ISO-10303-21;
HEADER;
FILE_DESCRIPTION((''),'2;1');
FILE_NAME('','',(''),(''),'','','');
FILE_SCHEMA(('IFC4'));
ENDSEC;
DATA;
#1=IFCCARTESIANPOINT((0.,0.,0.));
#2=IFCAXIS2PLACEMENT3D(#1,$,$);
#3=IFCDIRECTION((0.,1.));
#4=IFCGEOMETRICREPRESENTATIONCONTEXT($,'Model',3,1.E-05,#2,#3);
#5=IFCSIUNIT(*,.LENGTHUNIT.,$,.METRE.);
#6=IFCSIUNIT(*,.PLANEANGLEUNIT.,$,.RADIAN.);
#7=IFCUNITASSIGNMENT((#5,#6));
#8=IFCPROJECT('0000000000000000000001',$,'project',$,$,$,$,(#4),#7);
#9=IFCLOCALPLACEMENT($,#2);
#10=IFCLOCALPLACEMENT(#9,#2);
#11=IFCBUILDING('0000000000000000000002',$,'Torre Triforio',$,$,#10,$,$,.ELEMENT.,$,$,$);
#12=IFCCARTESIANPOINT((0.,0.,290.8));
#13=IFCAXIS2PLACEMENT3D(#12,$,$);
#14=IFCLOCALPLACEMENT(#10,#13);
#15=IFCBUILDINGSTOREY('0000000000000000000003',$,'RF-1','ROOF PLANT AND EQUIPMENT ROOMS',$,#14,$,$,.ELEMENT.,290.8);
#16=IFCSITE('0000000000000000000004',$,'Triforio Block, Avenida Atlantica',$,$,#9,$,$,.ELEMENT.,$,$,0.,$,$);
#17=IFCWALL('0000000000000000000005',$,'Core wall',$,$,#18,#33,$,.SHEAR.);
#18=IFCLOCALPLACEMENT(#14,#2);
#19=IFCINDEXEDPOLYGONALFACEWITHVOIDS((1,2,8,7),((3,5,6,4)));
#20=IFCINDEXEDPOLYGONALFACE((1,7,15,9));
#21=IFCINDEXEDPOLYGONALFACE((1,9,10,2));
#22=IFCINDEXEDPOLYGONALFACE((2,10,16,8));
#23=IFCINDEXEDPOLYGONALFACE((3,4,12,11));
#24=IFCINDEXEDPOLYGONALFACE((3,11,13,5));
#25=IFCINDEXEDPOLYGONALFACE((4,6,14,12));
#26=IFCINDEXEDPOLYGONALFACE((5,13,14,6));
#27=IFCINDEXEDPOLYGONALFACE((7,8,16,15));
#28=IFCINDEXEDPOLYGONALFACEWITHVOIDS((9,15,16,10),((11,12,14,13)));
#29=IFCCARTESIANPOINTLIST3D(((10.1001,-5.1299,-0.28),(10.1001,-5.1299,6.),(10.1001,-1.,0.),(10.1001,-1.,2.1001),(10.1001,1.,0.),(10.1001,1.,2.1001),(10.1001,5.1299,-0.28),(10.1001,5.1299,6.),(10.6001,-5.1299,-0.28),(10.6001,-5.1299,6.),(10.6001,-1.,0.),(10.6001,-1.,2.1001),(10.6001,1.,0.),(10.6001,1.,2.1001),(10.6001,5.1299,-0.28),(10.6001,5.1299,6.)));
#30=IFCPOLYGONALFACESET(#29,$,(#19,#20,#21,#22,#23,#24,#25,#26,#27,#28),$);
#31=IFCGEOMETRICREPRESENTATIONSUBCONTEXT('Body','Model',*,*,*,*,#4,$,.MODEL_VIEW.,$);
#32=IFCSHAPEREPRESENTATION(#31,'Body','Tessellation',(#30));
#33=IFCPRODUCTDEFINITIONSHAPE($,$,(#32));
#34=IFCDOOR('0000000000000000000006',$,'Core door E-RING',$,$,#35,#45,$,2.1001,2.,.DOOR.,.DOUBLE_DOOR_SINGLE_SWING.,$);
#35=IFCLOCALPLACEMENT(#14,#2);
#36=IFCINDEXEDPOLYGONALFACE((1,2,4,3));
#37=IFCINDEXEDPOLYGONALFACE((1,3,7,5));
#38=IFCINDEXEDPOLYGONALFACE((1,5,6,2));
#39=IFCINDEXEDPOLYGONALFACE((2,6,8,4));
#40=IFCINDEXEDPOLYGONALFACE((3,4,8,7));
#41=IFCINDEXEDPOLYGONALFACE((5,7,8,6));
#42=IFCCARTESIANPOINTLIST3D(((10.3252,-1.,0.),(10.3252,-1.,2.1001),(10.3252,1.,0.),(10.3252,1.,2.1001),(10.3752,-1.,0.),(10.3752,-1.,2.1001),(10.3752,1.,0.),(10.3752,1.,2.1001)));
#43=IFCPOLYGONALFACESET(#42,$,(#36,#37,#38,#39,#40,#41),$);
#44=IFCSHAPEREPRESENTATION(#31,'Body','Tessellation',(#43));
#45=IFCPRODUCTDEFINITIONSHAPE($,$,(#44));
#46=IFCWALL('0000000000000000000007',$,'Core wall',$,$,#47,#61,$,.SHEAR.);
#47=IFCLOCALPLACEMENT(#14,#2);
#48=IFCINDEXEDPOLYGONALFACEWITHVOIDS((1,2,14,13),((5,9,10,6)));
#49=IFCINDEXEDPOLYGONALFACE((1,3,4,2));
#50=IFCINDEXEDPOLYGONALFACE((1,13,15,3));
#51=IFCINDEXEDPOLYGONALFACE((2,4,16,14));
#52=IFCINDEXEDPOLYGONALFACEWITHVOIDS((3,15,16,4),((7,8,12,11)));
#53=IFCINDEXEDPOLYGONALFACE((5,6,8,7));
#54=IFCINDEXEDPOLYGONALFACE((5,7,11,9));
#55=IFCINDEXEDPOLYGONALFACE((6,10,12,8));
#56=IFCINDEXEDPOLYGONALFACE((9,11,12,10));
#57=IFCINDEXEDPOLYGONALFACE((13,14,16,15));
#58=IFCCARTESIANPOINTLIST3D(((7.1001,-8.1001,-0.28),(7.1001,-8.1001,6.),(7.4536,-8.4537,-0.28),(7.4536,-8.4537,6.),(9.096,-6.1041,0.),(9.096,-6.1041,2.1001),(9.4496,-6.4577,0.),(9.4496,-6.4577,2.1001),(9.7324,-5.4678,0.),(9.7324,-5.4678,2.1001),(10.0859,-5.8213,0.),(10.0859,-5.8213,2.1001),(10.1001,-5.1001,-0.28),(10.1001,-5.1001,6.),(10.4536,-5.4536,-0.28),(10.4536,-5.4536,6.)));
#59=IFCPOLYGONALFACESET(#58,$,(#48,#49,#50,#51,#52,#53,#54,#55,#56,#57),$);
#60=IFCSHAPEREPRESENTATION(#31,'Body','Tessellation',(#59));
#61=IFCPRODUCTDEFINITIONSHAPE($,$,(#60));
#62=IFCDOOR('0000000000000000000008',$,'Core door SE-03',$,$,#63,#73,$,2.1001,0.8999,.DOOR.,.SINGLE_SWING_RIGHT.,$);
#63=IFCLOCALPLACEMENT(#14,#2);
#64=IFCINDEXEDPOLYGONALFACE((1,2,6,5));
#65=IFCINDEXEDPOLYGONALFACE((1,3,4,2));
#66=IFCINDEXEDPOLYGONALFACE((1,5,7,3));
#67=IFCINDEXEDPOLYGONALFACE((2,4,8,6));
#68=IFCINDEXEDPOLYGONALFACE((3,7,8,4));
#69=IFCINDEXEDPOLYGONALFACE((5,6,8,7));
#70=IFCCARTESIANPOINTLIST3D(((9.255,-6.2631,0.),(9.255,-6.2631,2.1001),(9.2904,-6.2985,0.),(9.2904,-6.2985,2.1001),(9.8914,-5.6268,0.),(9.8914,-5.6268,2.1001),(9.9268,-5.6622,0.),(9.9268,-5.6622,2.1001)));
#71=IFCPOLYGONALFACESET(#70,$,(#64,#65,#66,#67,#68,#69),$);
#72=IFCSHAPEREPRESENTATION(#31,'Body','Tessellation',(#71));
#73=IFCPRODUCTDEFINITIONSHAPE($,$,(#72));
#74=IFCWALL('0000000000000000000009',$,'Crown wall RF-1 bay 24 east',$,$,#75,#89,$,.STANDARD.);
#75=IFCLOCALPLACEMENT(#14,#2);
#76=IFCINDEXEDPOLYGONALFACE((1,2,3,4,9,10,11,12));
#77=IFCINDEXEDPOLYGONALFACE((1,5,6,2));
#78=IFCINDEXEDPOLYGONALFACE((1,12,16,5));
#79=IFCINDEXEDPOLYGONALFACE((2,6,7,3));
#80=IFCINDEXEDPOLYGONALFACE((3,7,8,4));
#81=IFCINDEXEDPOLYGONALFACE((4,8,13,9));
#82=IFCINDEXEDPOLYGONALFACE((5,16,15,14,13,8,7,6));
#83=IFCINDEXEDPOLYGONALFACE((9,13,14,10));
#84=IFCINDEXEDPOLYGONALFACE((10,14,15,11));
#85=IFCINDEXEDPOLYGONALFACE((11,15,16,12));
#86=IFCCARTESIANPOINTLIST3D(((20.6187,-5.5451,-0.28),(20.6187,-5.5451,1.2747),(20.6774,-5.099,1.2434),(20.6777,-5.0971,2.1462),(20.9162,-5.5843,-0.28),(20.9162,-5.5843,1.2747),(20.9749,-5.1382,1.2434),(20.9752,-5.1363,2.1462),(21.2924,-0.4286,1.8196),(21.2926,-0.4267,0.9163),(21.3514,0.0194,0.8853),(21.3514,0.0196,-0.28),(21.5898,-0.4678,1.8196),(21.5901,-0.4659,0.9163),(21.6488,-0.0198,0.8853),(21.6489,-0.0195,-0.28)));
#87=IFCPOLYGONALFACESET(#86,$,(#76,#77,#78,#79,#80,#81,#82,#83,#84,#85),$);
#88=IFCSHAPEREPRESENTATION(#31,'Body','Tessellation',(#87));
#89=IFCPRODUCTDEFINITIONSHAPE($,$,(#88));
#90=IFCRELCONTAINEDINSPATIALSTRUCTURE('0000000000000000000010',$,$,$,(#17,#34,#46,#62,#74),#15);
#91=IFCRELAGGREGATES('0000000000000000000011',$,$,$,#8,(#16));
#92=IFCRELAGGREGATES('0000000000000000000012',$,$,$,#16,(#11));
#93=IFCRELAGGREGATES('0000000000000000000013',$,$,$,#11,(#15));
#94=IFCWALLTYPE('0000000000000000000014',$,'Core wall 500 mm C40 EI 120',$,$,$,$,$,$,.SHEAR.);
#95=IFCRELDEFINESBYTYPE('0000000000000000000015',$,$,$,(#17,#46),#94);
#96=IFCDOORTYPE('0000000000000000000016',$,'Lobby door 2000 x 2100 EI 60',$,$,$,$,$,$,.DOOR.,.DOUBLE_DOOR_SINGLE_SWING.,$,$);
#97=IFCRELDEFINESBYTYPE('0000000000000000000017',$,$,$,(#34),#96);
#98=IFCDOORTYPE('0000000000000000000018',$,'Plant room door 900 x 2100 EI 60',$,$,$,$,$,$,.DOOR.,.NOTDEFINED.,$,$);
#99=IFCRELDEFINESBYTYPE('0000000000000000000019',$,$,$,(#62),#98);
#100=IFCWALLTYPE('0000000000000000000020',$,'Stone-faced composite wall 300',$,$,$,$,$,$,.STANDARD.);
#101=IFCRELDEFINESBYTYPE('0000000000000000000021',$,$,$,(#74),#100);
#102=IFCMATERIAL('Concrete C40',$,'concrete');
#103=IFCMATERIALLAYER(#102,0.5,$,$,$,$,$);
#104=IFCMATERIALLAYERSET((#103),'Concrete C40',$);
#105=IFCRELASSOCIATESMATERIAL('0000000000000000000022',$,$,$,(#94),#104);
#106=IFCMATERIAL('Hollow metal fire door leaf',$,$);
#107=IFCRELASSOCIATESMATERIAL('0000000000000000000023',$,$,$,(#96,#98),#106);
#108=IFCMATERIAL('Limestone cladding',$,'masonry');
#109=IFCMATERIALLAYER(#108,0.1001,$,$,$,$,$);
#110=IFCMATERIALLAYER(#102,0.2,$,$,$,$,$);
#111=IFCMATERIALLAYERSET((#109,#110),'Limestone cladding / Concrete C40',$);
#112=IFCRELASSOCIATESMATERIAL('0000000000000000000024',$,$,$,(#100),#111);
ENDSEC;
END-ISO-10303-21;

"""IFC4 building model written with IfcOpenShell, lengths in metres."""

from ifc_helpers import new_model, si_unit, direction, frame, frame_2d, origin, place, context, subcontext, project, spatial, polyline, rectangle, outline, extrude, material, layer, layer_set, type_object, element, fill, save


model = new_model("IFC4")

# Units and contexts
model_context = context("Model", 3, precision=1e-05, world=origin(), true_north=direction((0.0, 1.0)))
body_context = subcontext(model_context, "Body", "Model", "MODEL_VIEW")
ifc_project = project(units=[si_unit("LENGTHUNIT", "METRE"), si_unit("PLANEANGLEUNIT", "RADIAN")], contexts=[model_context])

# Site, building, storey
site_placement = place(None, origin())
site = spatial("IfcSite", under=ifc_project, at=site_placement, Name="Triforio Block, Avenida Atlantica", CompositionType="ELEMENT", RefElevation=0.0)
building_placement = place(site_placement, origin())
building = spatial("IfcBuilding", under=site, at=building_placement, Name="Torre Triforio", CompositionType="ELEMENT")
storey_placement = place(building_placement, frame((0.0, 0.0, 290.8)))
storey = spatial("IfcBuildingStorey", under=building, at=storey_placement, Name="RF-1", Description="ROOF PLANT AND EQUIPMENT ROOMS", CompositionType="ELEMENT", Elevation=290.8)

# Shared definitions
ifc_material_1 = material(Name="Concrete C40", Category="concrete")

# Walls, openings, doors
ifc_layer_1 = layer(ifc_material_1, 0.5)
ifc_layer_set_1 = layer_set([ifc_layer_1], Name="Concrete C40")
wall_type_1 = type_object("IfcWallType", Name="Core wall 500 mm C40 EI 120", PredefinedType="SHEAR", material=ifc_layer_set_1)
wall_1_placement = place(storey_placement, frame((10.3501, -5.1299, -0.28), z_axis=(0.0, 0.0, 1.0), x_axis=(0.0, 1.0, 0.0)))
wall_1 = element("IfcWall", 1, at=wall_1_placement, inside=storey, type_object=wall_type_1, Name="Core wall", PredefinedType="SHEAR", context=body_context, shape_type="SweptSolid", body=[
    extrude(rectangle(XDim=10.2598, YDim=0.5, at=frame_2d((5.1299, 0.0))), origin(), (0.0, 0.0, 1.0), 6.28),
])
opening_1_placement = place(wall_1_placement, frame((4.1299, 0.0, 0.28)))
opening_1 = element("IfcOpeningElement", 2, at=opening_1_placement, cuts=wall_1, PredefinedType="OPENING", context=body_context, shape_type="SweptSolid", body=[
    extrude(rectangle(XDim=2.0, YDim=2.1001, at=frame_2d((1.0, 1.05))), frame((0.0, 0.26, 0.0), z_axis=(0.0, -1.0, 0.0), x_axis=(1.0, 0.0, 0.0)), (0.0, 0.0, 1.0), 0.52),
])
ifc_material_2 = material(Name="Hollow metal fire door leaf")
door_type_1 = type_object("IfcDoorType", Name="Lobby door 2000 x 2100 EI 60", OperationType="DOUBLE_DOOR_SINGLE_SWING", PredefinedType="DOOR", material=ifc_material_2)
door_1_placement = place(opening_1_placement, origin())
door_1 = element("IfcDoor", 3, at=door_1_placement, inside=storey, type_object=door_type_1, Name="Core door E-RING", OperationType="DOUBLE_DOOR_SINGLE_SWING", OverallHeight=2.1001, OverallWidth=2.0, PredefinedType="DOOR", context=body_context, shape_type="SweptSolid", body=[
    extrude(rectangle(XDim=2.0, YDim=2.1001, at=frame_2d((1.0, 1.05))), frame((0.0, 0.0249, 0.0), z_axis=(0.0, -1.0, 0.0), x_axis=(1.0, 0.0, 0.0)), (0.0, 0.0, 1.0), 0.05),
])
fill(opening_1, door_1)
wall_2_placement = place(storey_placement, frame((10.2769, -5.2769, -0.28), z_axis=(0.0, 0.0, 1.0), x_axis=(-0.707107, -0.707107, 0.0)))
wall_2 = element("IfcWall", 4, at=wall_2_placement, inside=storey, type_object=wall_type_1, Name="Core wall", PredefinedType="SHEAR", context=body_context, shape_type="SweptSolid", body=[
    extrude(rectangle(XDim=4.2427, YDim=0.5, at=frame_2d((2.1213, 0.0))), origin(), (0.0, 0.0, 1.0), 6.28),
])
opening_2_placement = place(wall_2_placement, frame((0.52, 0.0, 0.28)))
opening_2 = element("IfcOpeningElement", 5, at=opening_2_placement, cuts=wall_2, PredefinedType="OPENING", context=body_context, shape_type="SweptSolid", body=[
    extrude(rectangle(XDim=0.8999, YDim=2.1001, at=frame_2d((0.45, 1.05))), frame((0.0, 0.26, 0.0), z_axis=(0.0, -1.0, 0.0), x_axis=(1.0, 0.0, 0.0)), (0.0, 0.0, 1.0), 0.52),
])
door_type_2 = type_object("IfcDoorType", Name="Plant room door 900 x 2100 EI 60", OperationType="NOTDEFINED", PredefinedType="DOOR", material=ifc_material_2)
door_2_placement = place(opening_2_placement, origin())
door_2 = element("IfcDoor", 6, at=door_2_placement, inside=storey, type_object=door_type_2, Name="Core door SE-03", OperationType="SINGLE_SWING_RIGHT", OverallHeight=2.1001, OverallWidth=0.8999, PredefinedType="DOOR", context=body_context, shape_type="SweptSolid", body=[
    extrude(rectangle(XDim=0.8999, YDim=2.1001, at=frame_2d((0.45, 1.05))), frame((0.0, 0.0249, 0.0), z_axis=(0.0, -1.0, 0.0), x_axis=(1.0, 0.0, 0.0)), (0.0, 0.0, 1.0), 0.05),
])
fill(opening_2, door_2)

# Wall
ifc_material_3 = material(Name="Limestone cladding", Category="masonry")
ifc_layer_2 = layer(ifc_material_3, 0.1001)
ifc_layer_3 = layer(ifc_material_1, 0.2)
ifc_layer_set_2 = layer_set([ifc_layer_2, ifc_layer_3], Name="Limestone cladding / Concrete C40")
wall_type_2 = type_object("IfcWallType", Name="Stone-faced composite wall 300", PredefinedType="STANDARD", material=ifc_layer_set_2)
wall_3_placement = place(storey_placement, frame((20.7673, -5.5647, -0.28), z_axis=(0.0, 0.0, 1.0), x_axis=(0.130537, 0.991443, 0.0)))
element("IfcWall", 7, at=wall_3_placement, inside=storey, type_object=wall_type_2, Name="Crown wall RF-1 bay 24 east", PredefinedType="STANDARD", context=body_context, shape_type="SweptSolid", body=[
    extrude(outline(polyline([(0.0, 0.0), (5.6128, 0.0), (5.6125, 1.1653), (5.1626, 1.1963), (5.1606, 2.0996), (0.4519, 2.4263), (0.45, 1.5234), (0.0, 1.5547), (0.0, 0.0)])), frame((0.0, 0.1499, 0.0), z_axis=(0.0, -1.0, 0.0), x_axis=(1.0, 0.0, 0.0)), (0.0, 0.0, 1.0), 0.3),
])

save(model, "model.ifc")
